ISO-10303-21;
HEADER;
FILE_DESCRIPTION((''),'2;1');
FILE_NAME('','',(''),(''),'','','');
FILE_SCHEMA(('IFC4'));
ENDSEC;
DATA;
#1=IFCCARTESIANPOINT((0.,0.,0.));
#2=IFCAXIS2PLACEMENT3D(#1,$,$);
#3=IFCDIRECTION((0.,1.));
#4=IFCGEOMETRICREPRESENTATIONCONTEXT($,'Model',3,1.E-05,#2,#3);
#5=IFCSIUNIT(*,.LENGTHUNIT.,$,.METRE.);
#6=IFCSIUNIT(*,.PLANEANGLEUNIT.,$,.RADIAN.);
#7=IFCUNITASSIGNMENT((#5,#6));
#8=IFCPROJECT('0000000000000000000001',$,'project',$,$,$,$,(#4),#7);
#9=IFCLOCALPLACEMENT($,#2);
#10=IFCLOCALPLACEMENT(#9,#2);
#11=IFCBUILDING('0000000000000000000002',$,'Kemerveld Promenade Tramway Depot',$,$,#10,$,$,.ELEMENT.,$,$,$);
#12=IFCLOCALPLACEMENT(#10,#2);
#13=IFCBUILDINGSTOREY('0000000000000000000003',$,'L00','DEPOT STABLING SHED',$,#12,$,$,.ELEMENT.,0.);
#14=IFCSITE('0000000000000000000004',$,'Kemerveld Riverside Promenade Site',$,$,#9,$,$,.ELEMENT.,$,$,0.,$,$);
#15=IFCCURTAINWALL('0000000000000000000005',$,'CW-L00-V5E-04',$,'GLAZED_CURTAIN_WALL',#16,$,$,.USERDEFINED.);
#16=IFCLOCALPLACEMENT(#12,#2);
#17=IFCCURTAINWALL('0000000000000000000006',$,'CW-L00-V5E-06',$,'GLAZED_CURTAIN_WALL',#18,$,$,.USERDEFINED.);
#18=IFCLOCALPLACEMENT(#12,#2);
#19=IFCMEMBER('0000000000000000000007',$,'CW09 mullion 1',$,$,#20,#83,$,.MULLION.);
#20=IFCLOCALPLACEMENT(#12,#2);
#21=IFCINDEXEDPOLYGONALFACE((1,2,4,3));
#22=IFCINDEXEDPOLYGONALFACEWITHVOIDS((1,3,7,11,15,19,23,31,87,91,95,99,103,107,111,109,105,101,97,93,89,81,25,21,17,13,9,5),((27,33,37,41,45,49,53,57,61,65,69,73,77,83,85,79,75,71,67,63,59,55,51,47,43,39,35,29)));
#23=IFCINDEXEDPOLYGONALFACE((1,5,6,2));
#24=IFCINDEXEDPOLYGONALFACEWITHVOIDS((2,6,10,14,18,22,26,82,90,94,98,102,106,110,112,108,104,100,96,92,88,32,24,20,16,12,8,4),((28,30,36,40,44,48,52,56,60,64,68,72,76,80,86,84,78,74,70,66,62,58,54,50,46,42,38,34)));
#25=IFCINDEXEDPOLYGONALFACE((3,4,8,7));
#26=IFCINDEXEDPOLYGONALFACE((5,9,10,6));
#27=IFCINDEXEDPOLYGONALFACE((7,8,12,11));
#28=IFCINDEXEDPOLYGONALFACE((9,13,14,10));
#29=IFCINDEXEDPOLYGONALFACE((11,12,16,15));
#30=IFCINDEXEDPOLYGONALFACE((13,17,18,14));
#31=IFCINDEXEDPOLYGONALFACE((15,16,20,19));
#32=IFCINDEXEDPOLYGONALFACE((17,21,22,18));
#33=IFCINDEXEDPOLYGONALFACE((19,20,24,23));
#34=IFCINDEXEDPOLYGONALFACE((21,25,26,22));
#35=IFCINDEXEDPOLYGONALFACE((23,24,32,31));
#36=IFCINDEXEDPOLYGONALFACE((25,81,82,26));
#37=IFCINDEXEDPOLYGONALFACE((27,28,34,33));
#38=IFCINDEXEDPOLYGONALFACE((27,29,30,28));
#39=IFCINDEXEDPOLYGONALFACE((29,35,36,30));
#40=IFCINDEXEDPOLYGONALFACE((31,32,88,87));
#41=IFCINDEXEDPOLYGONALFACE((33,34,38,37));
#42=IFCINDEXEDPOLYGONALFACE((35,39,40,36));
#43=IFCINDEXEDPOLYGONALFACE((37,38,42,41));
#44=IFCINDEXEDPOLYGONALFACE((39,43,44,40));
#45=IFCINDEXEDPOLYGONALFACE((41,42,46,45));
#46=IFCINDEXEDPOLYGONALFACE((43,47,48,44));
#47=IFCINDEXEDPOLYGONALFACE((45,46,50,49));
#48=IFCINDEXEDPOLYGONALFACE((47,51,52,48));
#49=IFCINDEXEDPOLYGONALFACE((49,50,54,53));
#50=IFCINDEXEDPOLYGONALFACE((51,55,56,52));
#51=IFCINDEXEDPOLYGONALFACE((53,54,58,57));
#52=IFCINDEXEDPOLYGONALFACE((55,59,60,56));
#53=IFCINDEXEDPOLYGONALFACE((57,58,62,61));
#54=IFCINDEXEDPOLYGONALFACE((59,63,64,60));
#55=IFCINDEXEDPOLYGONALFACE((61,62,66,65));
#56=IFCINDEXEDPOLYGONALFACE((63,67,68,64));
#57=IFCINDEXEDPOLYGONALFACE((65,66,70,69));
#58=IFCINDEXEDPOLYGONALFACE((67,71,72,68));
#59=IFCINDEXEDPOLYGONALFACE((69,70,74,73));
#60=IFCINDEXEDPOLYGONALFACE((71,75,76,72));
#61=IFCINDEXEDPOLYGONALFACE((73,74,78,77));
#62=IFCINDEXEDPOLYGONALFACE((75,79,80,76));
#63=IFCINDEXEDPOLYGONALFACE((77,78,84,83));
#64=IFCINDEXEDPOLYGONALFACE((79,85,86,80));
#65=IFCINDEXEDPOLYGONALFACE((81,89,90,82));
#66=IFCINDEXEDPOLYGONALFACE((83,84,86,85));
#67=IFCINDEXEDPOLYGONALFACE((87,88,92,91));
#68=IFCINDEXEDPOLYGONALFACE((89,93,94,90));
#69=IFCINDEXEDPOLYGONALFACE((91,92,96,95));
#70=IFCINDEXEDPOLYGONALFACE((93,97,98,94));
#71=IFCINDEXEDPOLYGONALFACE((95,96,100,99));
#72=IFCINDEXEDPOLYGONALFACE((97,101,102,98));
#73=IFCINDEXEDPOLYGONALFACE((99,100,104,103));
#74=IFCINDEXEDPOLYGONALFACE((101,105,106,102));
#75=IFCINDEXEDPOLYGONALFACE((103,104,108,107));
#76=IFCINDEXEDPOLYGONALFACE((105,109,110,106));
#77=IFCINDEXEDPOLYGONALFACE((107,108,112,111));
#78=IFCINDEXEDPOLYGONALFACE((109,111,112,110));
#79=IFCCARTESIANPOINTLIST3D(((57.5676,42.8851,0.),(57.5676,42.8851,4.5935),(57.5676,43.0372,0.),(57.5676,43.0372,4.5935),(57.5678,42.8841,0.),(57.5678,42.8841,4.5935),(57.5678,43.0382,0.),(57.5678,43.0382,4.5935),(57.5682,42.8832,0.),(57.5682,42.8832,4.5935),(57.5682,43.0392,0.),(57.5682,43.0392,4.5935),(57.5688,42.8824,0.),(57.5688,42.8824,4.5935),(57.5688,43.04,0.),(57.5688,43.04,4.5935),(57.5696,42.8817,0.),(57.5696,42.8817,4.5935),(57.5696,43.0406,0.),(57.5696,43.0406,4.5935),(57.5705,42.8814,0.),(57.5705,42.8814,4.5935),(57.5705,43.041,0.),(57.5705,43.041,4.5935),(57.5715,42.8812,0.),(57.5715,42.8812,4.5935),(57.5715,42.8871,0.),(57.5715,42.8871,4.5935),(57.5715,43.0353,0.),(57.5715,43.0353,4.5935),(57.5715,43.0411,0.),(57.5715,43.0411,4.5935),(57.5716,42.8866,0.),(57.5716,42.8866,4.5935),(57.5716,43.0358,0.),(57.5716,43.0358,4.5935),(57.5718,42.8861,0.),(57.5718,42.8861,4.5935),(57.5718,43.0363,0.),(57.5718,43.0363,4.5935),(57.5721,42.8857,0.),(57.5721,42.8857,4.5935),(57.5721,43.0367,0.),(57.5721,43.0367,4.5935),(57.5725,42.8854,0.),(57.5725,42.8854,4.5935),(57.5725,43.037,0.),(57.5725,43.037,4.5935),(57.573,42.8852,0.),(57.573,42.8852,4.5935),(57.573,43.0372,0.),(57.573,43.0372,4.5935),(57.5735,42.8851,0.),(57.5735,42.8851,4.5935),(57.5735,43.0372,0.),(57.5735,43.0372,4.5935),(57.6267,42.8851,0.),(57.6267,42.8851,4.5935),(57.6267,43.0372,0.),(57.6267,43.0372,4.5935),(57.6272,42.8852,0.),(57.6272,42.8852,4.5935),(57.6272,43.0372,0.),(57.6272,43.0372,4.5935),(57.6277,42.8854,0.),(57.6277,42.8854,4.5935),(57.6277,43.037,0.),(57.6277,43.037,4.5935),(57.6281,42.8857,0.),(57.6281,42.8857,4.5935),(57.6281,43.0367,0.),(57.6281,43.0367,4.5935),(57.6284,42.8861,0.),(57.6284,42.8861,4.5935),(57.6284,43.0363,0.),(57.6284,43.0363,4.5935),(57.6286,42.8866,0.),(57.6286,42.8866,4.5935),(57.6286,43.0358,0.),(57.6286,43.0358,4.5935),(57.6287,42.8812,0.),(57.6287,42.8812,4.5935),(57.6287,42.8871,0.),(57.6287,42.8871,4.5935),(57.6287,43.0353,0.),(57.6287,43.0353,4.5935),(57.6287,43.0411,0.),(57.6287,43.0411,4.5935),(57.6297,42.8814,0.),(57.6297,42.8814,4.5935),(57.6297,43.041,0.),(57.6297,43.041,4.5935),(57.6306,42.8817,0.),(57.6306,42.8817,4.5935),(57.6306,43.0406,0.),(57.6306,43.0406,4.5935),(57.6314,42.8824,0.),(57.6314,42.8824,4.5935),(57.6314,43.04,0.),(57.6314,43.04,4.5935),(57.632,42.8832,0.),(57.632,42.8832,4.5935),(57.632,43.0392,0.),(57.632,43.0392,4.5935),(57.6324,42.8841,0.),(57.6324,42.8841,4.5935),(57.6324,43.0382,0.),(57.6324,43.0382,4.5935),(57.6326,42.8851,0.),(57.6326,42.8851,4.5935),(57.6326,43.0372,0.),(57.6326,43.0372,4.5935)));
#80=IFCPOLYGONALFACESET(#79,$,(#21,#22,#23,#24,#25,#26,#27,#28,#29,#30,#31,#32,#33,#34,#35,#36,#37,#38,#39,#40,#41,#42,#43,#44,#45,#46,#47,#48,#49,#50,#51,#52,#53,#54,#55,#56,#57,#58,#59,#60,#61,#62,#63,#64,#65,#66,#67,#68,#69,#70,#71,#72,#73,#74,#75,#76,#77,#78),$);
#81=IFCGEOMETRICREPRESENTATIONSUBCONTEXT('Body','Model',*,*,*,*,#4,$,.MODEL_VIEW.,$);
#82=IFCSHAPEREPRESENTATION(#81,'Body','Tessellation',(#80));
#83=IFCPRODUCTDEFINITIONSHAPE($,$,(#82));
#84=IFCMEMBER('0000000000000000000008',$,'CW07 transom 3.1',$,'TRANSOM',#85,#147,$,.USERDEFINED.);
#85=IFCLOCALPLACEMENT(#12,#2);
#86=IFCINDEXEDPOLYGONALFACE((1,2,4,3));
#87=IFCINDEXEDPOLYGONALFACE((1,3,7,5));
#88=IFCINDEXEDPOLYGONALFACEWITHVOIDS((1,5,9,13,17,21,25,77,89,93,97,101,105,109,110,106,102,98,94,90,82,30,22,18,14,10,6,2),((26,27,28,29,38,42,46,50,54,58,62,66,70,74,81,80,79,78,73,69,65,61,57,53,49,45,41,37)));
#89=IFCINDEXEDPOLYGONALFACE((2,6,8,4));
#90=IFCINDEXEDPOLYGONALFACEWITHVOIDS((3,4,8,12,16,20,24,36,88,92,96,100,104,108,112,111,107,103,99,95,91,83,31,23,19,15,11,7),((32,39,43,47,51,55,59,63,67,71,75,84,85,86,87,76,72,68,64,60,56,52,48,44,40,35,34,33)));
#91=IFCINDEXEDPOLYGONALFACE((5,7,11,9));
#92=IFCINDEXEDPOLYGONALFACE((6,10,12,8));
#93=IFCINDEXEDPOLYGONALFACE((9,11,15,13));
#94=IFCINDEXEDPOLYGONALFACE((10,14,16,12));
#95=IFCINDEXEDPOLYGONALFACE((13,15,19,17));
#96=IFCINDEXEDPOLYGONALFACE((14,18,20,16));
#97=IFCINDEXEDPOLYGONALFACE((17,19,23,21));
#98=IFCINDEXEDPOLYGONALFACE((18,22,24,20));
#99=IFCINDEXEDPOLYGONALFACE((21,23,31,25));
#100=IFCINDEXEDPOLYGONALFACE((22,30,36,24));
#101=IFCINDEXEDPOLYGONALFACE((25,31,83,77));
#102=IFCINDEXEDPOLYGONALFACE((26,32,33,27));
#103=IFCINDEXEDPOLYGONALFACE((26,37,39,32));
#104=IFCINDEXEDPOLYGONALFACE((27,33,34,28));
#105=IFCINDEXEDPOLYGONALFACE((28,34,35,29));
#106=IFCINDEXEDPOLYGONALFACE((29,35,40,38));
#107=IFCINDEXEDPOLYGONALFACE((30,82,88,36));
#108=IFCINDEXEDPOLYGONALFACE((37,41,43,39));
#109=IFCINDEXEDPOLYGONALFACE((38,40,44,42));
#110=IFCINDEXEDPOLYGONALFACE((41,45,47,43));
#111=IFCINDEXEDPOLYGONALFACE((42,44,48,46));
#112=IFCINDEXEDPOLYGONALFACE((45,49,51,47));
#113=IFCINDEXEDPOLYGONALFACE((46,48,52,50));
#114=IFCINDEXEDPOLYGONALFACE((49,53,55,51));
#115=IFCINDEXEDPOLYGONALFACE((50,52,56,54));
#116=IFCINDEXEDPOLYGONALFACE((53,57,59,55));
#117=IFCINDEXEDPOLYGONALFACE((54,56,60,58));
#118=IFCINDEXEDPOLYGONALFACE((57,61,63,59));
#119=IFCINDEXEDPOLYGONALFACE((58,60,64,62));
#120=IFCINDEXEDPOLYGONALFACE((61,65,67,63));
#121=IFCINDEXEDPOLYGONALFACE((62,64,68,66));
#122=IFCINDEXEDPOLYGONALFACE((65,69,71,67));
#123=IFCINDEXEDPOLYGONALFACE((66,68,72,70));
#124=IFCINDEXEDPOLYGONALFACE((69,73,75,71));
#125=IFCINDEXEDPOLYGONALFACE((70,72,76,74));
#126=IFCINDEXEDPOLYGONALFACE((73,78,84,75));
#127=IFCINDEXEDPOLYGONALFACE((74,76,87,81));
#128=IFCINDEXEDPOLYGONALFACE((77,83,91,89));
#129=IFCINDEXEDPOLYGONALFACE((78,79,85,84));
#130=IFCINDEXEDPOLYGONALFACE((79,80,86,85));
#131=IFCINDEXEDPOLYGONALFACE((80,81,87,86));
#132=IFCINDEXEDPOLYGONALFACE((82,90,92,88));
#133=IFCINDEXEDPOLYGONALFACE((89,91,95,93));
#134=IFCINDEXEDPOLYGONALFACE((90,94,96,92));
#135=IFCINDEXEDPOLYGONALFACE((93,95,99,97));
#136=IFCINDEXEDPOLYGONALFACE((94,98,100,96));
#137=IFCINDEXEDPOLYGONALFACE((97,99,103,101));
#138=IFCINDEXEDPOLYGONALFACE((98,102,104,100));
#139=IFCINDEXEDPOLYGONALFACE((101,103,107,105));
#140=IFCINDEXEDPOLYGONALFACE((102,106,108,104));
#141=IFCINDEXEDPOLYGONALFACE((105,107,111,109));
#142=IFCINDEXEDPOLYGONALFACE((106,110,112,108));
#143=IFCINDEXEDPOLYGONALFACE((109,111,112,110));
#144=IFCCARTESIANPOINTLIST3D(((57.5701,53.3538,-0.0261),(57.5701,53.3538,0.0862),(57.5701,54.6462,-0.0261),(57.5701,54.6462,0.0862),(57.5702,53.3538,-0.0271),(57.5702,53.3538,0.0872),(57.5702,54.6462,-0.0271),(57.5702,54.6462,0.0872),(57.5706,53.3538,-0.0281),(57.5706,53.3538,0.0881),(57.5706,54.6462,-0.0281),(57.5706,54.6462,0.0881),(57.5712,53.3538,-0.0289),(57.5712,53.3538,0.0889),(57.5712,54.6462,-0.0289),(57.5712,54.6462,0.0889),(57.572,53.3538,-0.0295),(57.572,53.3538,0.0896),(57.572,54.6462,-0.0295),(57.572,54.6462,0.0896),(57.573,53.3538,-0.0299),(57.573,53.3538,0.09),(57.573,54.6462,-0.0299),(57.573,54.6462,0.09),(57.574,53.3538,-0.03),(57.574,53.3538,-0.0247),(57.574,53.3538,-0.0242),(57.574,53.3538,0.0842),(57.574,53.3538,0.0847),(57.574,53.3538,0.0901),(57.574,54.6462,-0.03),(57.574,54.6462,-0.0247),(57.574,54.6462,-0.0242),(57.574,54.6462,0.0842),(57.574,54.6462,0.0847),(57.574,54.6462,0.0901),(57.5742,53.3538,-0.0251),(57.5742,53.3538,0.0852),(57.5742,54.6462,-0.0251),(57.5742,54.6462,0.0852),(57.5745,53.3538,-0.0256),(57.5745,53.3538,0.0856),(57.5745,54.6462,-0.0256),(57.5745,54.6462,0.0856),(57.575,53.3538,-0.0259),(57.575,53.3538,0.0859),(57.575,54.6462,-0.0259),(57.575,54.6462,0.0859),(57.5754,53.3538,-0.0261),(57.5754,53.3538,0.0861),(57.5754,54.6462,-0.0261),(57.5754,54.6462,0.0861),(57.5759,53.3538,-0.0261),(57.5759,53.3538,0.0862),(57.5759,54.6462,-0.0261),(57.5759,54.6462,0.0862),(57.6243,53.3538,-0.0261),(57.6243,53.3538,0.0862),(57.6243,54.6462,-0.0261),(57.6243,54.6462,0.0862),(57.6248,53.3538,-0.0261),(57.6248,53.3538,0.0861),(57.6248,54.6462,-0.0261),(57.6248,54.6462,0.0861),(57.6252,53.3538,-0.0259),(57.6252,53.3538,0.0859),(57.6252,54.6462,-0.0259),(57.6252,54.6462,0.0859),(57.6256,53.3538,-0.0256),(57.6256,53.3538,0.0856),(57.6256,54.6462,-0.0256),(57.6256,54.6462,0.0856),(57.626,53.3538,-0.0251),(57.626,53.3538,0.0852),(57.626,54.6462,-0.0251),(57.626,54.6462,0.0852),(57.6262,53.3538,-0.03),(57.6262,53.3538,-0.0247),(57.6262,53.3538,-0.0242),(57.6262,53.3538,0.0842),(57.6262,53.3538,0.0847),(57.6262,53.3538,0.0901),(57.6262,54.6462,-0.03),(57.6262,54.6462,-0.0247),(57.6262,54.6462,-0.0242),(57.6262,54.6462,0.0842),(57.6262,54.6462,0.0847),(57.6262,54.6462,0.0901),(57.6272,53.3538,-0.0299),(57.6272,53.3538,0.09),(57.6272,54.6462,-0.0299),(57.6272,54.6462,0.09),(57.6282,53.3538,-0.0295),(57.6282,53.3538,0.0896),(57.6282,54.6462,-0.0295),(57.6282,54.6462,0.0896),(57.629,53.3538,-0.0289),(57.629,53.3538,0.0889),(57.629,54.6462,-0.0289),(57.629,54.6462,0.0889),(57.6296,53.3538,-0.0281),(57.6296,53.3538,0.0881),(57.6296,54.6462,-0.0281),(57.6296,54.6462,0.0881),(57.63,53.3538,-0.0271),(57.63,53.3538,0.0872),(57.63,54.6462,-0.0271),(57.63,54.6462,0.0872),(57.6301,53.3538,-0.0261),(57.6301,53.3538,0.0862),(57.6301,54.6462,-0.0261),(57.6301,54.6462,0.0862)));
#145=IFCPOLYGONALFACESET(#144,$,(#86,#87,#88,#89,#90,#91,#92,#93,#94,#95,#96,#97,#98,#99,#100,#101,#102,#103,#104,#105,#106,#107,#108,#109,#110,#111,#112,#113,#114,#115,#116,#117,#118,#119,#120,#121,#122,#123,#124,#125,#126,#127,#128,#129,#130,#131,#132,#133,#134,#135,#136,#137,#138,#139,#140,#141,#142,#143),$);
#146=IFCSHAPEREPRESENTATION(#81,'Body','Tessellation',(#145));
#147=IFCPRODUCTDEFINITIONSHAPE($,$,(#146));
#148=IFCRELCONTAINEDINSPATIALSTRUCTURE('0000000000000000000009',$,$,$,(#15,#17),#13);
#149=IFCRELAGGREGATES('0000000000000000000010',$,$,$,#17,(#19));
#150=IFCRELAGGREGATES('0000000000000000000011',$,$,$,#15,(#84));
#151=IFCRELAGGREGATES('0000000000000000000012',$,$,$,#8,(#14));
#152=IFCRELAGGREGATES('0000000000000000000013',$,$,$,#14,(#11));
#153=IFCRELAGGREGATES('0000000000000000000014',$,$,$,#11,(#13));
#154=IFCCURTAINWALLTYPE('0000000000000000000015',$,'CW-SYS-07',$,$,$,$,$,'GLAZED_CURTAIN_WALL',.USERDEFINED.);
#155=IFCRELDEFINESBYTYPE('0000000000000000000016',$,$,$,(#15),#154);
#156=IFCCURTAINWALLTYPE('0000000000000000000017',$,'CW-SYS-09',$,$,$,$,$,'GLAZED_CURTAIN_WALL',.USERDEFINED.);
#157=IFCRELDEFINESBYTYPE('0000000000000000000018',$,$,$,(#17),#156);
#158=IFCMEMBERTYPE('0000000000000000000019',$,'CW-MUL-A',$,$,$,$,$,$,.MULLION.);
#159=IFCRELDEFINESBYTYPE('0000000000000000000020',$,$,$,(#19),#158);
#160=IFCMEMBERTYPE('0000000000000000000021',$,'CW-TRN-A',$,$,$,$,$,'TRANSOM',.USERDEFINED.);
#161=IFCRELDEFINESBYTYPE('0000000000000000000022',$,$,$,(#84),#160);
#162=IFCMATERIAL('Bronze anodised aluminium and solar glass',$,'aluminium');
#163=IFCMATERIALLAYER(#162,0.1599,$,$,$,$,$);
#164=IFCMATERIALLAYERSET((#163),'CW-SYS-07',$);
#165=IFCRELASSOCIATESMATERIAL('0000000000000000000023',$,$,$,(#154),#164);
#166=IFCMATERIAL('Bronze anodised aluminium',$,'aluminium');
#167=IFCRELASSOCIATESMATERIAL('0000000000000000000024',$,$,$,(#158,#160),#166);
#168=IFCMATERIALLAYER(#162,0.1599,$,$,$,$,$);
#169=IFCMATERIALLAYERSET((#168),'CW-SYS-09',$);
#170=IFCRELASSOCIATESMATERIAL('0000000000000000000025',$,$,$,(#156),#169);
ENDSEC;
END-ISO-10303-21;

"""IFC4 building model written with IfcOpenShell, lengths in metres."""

from ifc_helpers import new_model, si_unit, direction, frame, origin, origin_2d, place, context, subcontext, project, spatial, hollow_rectangle, extrude, material, layer, layer_set, material_profile, profile_set, type_object, element, aggregate, save


model = new_model("IFC4")

# Units and contexts
model_context = context("Model", 3, precision=1e-05, world=origin(), true_north=direction((0.0, 1.0)))
body_context = subcontext(model_context, "Body", "Model", "MODEL_VIEW")
ifc_project = project(units=[si_unit("LENGTHUNIT", "METRE"), si_unit("PLANEANGLEUNIT", "RADIAN")], contexts=[model_context])

# Site, building, storey
site_placement = place(None, origin())
site = spatial("IfcSite", under=ifc_project, at=site_placement, Name="Kemerveld Riverside Promenade Site", CompositionType="ELEMENT", RefElevation=0.0)
building_placement = place(site_placement, origin())
building = spatial("IfcBuilding", under=site, at=building_placement, Name="Kemerveld Promenade Tramway Depot", CompositionType="ELEMENT")
storey_placement = place(building_placement, origin())
storey = spatial("IfcBuildingStorey", under=building, at=storey_placement, Name="L00", Description="DEPOT STABLING SHED", CompositionType="ELEMENT", Elevation=0.0)

# Curtain wall
ifc_material_1 = material(Name="Bronze anodised aluminium and solar glass", Category="aluminium")
ifc_layer_1 = layer(ifc_material_1, 0.1599)
ifc_layer_set_1 = layer_set([ifc_layer_1], Name="CW-SYS-07")
curtain_wall_type_1 = type_object("IfcCurtainWallType", Name="CW-SYS-07", ElementType="GLAZED_CURTAIN_WALL", PredefinedType="USERDEFINED", material=ifc_layer_set_1)
curtain_wall_1_placement = place(storey_placement, origin())
curtain_wall_1 = element("IfcCurtainWall", 1, at=curtain_wall_1_placement, inside=storey, type_object=curtain_wall_type_1, Name="CW-L00-V5E-04", ObjectType="GLAZED_CURTAIN_WALL", PredefinedType="USERDEFINED")
ifc_material_2 = material(Name="Bronze anodised aluminium", Category="aluminium")
ifc_material_profile_1 = material_profile(ifc_material_2, hollow_rectangle(XDim=0.0649, YDim=0.1599, WallThickness=0.0039, InnerFilletRadius=0.002, OuterFilletRadius=0.0039, at=origin_2d()), Name="CW-MUL-160x65")
ifc_profile_set_1 = profile_set([ifc_material_profile_1], Name="Bronze anodised aluminium")
member_type_1 = type_object("IfcMemberType", Name="CW-MUL-A", PredefinedType="MULLION", material=ifc_profile_set_1)

# Curtain wall, member
ifc_layer_2 = layer(ifc_material_1, 0.1599)
ifc_layer_set_2 = layer_set([ifc_layer_2], Name="CW-SYS-09")
curtain_wall_type_2 = type_object("IfcCurtainWallType", Name="CW-SYS-09", ElementType="GLAZED_CURTAIN_WALL", PredefinedType="USERDEFINED", material=ifc_layer_set_2)
curtain_wall_2_placement = place(storey_placement, origin())
curtain_wall_2 = element("IfcCurtainWall", 2, at=curtain_wall_2_placement, inside=storey, type_object=curtain_wall_type_2, Name="CW-L00-V5E-06", ObjectType="GLAZED_CURTAIN_WALL", PredefinedType="USERDEFINED")
member_1_placement = place(storey_placement, frame((57.6001, 42.9612, 0.0), z_axis=(0.0, 0.0, 1.0), x_axis=(1.0, 0.0, 0.0)))
member_1 = element("IfcMember", 3, at=member_1_placement, type_object=member_type_1, Name="CW09 mullion 1", PredefinedType="MULLION", context=body_context, shape_type="SweptSolid", body=[
    extrude(hollow_rectangle(XDim=0.0649, YDim=0.1599, WallThickness=0.0039, InnerFilletRadius=0.002, OuterFilletRadius=0.0039, at=origin_2d()), origin(), (0.0, 0.0, 1.0), 4.5935),
])

# Member
ifc_material_profile_2 = material_profile(ifc_material_2, hollow_rectangle(XDim=0.0601, YDim=0.1201, WallThickness=0.0039, InnerFilletRadius=0.002, OuterFilletRadius=0.0039, at=origin_2d()), Name="CW-TRN-120x60")
ifc_profile_set_2 = profile_set([ifc_material_profile_2], Name="Bronze anodised aluminium")
member_type_2 = type_object("IfcMemberType", Name="CW-TRN-A", ElementType="TRANSOM", PredefinedType="USERDEFINED", material=ifc_profile_set_2)
member_2_placement = place(storey_placement, frame((57.6001, 54.6462, 0.03), z_axis=(0.0, -1.0, 0.0), x_axis=(1.0, 0.0, 0.0)))
member_2 = element("IfcMember", 4, at=member_2_placement, type_object=member_type_2, Name="CW07 transom 3.1", ObjectType="TRANSOM", PredefinedType="USERDEFINED", context=body_context, shape_type="SweptSolid", body=[
    extrude(hollow_rectangle(XDim=0.0601, YDim=0.1201, WallThickness=0.0039, InnerFilletRadius=0.002, OuterFilletRadius=0.0039, at=origin_2d()), origin(), (0.0, 0.0, 1.0), 1.2925),
])
aggregate(curtain_wall_2, [member_1])

aggregate(curtain_wall_1, [member_2])

save(model, "model.ifc")
